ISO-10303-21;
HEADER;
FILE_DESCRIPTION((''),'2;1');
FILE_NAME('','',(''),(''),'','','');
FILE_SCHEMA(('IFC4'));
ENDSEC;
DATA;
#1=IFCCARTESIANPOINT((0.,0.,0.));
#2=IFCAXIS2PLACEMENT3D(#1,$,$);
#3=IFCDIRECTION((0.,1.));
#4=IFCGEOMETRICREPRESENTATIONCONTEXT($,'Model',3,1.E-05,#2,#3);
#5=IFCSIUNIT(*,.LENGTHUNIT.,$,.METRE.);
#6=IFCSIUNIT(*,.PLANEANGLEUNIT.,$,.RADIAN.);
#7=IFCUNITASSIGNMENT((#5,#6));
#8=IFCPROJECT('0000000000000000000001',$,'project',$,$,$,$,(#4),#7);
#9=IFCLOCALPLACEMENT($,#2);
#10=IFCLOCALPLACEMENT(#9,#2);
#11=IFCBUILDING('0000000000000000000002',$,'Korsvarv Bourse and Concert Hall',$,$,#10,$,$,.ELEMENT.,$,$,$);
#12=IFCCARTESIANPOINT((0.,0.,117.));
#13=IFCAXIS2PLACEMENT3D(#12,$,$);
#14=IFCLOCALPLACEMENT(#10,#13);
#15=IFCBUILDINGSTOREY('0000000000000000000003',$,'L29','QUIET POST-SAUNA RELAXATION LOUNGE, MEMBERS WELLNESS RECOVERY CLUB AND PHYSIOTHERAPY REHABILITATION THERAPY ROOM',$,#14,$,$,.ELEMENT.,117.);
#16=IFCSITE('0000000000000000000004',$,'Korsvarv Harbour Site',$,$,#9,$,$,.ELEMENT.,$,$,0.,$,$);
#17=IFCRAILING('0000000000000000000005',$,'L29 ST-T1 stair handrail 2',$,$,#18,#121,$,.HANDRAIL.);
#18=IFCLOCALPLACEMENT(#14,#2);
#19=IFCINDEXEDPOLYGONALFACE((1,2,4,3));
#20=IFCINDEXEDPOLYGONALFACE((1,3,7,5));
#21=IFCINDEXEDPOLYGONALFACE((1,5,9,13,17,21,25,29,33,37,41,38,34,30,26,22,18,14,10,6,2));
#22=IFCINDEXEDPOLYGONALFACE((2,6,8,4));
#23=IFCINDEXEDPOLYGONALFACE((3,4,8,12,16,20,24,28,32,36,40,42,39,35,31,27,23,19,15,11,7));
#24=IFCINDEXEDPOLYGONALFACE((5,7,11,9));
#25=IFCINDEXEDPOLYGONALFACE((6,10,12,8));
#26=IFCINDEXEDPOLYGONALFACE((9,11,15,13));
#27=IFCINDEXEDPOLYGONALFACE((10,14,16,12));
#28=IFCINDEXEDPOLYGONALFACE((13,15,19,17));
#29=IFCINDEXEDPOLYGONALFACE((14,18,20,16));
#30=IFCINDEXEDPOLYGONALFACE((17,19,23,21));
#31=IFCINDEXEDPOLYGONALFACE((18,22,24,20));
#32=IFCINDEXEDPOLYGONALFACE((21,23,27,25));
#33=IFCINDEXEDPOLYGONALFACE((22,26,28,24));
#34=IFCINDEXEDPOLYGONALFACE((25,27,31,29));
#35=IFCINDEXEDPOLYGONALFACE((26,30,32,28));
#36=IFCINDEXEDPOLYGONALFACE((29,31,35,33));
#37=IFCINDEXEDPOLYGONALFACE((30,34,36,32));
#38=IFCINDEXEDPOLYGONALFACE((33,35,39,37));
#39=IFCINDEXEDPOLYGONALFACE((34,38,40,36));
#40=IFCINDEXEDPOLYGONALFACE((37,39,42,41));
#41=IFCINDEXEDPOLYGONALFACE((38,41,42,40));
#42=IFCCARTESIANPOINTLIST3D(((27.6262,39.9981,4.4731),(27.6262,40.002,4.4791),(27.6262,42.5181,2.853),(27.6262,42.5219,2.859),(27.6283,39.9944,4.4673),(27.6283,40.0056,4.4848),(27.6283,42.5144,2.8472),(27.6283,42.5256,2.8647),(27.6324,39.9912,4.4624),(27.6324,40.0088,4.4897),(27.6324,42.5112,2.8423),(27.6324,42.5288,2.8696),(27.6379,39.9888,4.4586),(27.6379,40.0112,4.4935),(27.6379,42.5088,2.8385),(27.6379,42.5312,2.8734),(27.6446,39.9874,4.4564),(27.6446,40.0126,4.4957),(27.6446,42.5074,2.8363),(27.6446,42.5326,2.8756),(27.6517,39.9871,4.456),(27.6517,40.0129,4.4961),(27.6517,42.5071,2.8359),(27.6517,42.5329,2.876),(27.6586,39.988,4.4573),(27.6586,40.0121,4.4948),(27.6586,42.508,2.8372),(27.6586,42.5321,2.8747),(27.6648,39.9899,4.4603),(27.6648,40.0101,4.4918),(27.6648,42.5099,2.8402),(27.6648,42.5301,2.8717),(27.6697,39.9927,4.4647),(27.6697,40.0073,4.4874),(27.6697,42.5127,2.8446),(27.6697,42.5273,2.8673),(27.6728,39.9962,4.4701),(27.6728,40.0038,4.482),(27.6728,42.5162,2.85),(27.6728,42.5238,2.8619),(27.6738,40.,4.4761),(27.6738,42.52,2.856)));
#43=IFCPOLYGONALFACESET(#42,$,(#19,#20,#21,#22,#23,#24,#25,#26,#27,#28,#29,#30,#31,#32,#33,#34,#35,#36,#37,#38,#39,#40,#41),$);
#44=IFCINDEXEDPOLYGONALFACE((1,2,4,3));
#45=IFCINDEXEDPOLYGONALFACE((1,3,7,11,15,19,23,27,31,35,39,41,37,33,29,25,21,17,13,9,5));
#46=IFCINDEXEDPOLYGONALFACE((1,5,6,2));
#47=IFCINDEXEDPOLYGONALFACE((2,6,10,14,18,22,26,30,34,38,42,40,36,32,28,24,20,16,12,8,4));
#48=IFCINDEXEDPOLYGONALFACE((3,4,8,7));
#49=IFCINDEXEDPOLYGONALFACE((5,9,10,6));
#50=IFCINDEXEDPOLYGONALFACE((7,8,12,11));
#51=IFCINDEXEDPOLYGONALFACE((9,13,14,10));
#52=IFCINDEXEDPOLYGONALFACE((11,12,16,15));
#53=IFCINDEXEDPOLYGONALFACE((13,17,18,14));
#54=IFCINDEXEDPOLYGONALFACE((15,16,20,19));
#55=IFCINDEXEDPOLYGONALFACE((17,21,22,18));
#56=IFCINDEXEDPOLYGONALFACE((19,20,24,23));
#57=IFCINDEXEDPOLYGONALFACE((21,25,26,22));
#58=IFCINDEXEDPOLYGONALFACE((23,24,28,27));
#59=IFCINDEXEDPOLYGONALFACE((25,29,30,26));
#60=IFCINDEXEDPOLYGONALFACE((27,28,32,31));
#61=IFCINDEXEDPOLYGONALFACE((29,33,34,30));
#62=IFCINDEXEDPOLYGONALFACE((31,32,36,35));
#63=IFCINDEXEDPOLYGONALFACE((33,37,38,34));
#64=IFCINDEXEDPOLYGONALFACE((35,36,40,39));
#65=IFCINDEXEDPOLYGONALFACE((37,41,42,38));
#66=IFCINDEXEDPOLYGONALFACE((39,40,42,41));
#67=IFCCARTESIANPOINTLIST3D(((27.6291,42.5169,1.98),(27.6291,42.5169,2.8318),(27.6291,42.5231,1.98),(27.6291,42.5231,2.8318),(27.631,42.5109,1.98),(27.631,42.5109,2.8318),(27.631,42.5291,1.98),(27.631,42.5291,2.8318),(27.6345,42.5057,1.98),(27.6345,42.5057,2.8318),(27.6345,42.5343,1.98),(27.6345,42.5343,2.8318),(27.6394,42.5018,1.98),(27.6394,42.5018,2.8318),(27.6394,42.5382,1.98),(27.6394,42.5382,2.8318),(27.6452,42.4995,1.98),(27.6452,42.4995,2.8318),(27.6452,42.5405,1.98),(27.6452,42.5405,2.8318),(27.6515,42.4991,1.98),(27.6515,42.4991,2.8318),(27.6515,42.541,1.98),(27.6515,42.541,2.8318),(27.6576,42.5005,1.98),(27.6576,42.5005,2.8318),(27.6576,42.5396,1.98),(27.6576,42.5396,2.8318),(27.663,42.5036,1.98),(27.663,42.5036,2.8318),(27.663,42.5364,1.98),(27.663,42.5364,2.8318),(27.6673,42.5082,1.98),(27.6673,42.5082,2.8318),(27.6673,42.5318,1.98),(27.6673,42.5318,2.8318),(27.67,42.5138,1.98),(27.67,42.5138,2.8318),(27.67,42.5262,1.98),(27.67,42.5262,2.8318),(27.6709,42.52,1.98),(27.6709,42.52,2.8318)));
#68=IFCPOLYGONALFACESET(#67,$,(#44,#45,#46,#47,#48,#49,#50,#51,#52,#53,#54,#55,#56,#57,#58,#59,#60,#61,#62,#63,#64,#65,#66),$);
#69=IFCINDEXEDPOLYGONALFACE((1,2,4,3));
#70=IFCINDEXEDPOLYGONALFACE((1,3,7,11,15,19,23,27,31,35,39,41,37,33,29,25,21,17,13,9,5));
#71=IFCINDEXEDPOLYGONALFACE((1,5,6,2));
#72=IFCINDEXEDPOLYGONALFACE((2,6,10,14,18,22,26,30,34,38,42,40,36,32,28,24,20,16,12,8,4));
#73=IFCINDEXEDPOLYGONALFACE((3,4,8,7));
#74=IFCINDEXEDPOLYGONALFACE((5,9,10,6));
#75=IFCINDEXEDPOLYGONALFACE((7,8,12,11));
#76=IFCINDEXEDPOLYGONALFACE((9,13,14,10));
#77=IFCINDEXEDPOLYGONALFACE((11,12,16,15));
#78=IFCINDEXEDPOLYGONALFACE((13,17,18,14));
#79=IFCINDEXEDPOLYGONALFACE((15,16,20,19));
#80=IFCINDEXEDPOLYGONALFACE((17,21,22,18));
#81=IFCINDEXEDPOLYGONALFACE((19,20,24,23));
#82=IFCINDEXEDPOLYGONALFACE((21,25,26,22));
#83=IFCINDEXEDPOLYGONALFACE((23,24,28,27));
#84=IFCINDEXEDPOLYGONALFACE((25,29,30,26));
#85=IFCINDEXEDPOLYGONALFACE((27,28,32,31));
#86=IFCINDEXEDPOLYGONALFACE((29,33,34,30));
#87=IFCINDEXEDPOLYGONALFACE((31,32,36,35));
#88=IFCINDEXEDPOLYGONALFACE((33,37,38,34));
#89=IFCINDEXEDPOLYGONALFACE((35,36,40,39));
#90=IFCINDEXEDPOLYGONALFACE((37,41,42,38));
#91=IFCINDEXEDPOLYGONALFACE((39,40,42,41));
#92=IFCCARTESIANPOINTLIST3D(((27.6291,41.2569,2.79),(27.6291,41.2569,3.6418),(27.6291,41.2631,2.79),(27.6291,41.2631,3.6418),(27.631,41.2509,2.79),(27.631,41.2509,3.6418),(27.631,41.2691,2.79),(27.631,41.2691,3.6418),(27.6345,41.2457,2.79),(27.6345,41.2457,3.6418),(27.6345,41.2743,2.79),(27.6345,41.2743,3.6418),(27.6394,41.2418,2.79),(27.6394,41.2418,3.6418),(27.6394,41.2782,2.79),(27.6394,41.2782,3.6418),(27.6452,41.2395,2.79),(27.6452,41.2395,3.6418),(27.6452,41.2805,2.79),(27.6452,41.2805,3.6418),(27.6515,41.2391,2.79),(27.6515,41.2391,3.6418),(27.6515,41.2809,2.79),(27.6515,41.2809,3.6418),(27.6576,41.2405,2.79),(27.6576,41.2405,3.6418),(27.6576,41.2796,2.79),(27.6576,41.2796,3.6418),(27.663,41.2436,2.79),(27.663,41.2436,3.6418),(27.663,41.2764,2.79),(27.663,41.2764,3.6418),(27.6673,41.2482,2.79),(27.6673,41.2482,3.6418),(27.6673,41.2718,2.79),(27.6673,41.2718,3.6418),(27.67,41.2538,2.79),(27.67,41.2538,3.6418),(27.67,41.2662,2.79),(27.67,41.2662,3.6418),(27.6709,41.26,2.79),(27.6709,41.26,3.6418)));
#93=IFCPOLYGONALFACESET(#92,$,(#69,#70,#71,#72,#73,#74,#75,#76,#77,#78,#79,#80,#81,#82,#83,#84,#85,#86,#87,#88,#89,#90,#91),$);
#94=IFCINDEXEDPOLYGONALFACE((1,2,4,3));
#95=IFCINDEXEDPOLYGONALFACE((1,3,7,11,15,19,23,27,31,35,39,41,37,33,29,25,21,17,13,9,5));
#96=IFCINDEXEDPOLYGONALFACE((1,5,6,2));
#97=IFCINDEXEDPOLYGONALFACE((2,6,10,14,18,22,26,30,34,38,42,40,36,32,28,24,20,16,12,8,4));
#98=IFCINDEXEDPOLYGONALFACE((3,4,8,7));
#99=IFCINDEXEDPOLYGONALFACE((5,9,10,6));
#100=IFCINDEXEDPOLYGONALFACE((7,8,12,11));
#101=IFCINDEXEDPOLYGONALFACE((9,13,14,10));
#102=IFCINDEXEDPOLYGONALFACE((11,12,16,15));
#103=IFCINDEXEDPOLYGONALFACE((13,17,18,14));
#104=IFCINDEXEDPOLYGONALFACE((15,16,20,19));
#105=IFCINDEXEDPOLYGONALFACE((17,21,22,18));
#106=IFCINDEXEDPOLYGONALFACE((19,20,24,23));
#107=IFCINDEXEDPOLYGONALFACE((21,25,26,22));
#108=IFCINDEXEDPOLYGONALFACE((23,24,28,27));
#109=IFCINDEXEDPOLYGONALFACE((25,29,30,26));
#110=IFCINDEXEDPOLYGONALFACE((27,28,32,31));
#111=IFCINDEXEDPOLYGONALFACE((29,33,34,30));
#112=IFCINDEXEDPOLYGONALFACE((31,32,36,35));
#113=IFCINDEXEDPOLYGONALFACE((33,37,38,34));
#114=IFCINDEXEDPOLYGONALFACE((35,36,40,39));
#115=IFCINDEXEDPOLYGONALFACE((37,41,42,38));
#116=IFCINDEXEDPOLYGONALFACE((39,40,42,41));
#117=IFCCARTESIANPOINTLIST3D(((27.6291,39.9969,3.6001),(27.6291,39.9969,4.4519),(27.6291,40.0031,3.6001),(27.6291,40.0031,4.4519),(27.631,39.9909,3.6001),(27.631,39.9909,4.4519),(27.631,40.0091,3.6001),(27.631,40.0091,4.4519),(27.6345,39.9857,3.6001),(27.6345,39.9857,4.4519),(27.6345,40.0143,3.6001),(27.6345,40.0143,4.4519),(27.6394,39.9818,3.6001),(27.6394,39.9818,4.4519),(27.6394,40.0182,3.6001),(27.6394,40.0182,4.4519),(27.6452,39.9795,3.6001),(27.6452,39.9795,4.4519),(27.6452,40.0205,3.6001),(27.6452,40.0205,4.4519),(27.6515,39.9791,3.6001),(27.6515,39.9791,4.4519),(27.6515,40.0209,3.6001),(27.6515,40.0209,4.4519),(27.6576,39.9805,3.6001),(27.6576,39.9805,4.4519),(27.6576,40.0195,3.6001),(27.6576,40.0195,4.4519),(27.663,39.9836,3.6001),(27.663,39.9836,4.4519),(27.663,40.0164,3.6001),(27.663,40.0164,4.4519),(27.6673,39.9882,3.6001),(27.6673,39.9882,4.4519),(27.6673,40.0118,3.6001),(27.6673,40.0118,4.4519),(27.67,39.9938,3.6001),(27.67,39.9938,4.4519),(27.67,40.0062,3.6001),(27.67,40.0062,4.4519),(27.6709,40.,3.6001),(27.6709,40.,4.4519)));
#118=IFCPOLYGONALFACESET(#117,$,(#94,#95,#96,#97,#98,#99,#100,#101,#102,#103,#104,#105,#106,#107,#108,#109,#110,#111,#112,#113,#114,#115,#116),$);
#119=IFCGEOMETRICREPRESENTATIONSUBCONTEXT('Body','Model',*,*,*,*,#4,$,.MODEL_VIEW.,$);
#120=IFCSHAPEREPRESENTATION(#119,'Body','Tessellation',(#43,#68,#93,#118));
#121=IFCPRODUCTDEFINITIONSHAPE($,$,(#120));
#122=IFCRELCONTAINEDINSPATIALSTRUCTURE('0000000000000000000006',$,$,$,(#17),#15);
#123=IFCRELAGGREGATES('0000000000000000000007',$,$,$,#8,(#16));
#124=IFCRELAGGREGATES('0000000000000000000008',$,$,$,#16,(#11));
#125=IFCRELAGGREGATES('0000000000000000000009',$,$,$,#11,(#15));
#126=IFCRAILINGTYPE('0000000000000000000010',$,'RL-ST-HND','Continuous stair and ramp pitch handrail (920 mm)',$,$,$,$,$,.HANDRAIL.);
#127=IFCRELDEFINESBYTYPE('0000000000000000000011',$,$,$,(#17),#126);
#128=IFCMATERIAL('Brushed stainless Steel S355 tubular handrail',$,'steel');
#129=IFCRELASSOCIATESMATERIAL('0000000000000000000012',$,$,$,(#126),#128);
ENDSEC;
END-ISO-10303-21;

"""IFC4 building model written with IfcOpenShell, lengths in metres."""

from ifc_helpers import new_model, si_unit, direction, frame, origin, origin_2d, place, context, subcontext, project, spatial, circle, extrude, material, type_object, element, save


model = new_model("IFC4")

# Units and contexts
model_context = context("Model", 3, precision=1e-05, world=origin(), true_north=direction((0.0, 1.0)))
body_context = subcontext(model_context, "Body", "Model", "MODEL_VIEW")
ifc_project = project(units=[si_unit("LENGTHUNIT", "METRE"), si_unit("PLANEANGLEUNIT", "RADIAN")], contexts=[model_context])

# Site, building, storey
site_placement = place(None, origin())
site = spatial("IfcSite", under=ifc_project, at=site_placement, Name="Korsvarv Harbour Site", CompositionType="ELEMENT", RefElevation=0.0)
building_placement = place(site_placement, origin())
building = spatial("IfcBuilding", under=site, at=building_placement, Name="Korsvarv Bourse and Concert Hall", CompositionType="ELEMENT")
storey_placement = place(building_placement, frame((0.0, 0.0, 117.0)))
storey = spatial("IfcBuildingStorey", under=building, at=storey_placement, Name="L29", Description="QUIET POST-SAUNA RELAXATION LOUNGE, MEMBERS WELLNESS RECOVERY CLUB AND PHYSIOTHERAPY REHABILITATION THERAPY ROOM", CompositionType="ELEMENT", Elevation=117.0)

# Railing
ifc_material_1 = material(Name="Brushed stainless Steel S355 tubular handrail", Category="steel")
railing_type = type_object("IfcRailingType", Name="RL-ST-HND", Description="Continuous stair and ramp pitch handrail (920 mm)", PredefinedType="HANDRAIL", material=ifc_material_1)
railing_placement = place(storey_placement, frame((27.6499, 42.52, 1.98)))
element("IfcRailing", 1, at=railing_placement, inside=storey, type_object=railing_type, Name="L29 ST-T1 stair handrail 2", PredefinedType="HANDRAIL", context=body_context, shape_type="SweptSolid", body=[
    extrude(circle(Radius=0.0239, at=origin_2d()), frame((0.0, 0.0, 0.876), z_axis=(0.0, -0.841163, 0.540782), x_axis=(1.0, 0.0, 0.0)), (0.0, 0.0, 1.0), 2.9958),
    extrude(circle(Radius=0.021, at=origin_2d()), origin(), (0.0, 0.0, 1.0), 0.8518),
    extrude(circle(Radius=0.021, at=origin_2d()), frame((0.0, -1.26, 0.8101)), (0.0, 0.0, 1.0), 0.8518),
    extrude(circle(Radius=0.021, at=origin_2d()), frame((0.0, -2.52, 1.6201)), (0.0, 0.0, 1.0), 0.8518),
])

save(model, "model.ifc")
